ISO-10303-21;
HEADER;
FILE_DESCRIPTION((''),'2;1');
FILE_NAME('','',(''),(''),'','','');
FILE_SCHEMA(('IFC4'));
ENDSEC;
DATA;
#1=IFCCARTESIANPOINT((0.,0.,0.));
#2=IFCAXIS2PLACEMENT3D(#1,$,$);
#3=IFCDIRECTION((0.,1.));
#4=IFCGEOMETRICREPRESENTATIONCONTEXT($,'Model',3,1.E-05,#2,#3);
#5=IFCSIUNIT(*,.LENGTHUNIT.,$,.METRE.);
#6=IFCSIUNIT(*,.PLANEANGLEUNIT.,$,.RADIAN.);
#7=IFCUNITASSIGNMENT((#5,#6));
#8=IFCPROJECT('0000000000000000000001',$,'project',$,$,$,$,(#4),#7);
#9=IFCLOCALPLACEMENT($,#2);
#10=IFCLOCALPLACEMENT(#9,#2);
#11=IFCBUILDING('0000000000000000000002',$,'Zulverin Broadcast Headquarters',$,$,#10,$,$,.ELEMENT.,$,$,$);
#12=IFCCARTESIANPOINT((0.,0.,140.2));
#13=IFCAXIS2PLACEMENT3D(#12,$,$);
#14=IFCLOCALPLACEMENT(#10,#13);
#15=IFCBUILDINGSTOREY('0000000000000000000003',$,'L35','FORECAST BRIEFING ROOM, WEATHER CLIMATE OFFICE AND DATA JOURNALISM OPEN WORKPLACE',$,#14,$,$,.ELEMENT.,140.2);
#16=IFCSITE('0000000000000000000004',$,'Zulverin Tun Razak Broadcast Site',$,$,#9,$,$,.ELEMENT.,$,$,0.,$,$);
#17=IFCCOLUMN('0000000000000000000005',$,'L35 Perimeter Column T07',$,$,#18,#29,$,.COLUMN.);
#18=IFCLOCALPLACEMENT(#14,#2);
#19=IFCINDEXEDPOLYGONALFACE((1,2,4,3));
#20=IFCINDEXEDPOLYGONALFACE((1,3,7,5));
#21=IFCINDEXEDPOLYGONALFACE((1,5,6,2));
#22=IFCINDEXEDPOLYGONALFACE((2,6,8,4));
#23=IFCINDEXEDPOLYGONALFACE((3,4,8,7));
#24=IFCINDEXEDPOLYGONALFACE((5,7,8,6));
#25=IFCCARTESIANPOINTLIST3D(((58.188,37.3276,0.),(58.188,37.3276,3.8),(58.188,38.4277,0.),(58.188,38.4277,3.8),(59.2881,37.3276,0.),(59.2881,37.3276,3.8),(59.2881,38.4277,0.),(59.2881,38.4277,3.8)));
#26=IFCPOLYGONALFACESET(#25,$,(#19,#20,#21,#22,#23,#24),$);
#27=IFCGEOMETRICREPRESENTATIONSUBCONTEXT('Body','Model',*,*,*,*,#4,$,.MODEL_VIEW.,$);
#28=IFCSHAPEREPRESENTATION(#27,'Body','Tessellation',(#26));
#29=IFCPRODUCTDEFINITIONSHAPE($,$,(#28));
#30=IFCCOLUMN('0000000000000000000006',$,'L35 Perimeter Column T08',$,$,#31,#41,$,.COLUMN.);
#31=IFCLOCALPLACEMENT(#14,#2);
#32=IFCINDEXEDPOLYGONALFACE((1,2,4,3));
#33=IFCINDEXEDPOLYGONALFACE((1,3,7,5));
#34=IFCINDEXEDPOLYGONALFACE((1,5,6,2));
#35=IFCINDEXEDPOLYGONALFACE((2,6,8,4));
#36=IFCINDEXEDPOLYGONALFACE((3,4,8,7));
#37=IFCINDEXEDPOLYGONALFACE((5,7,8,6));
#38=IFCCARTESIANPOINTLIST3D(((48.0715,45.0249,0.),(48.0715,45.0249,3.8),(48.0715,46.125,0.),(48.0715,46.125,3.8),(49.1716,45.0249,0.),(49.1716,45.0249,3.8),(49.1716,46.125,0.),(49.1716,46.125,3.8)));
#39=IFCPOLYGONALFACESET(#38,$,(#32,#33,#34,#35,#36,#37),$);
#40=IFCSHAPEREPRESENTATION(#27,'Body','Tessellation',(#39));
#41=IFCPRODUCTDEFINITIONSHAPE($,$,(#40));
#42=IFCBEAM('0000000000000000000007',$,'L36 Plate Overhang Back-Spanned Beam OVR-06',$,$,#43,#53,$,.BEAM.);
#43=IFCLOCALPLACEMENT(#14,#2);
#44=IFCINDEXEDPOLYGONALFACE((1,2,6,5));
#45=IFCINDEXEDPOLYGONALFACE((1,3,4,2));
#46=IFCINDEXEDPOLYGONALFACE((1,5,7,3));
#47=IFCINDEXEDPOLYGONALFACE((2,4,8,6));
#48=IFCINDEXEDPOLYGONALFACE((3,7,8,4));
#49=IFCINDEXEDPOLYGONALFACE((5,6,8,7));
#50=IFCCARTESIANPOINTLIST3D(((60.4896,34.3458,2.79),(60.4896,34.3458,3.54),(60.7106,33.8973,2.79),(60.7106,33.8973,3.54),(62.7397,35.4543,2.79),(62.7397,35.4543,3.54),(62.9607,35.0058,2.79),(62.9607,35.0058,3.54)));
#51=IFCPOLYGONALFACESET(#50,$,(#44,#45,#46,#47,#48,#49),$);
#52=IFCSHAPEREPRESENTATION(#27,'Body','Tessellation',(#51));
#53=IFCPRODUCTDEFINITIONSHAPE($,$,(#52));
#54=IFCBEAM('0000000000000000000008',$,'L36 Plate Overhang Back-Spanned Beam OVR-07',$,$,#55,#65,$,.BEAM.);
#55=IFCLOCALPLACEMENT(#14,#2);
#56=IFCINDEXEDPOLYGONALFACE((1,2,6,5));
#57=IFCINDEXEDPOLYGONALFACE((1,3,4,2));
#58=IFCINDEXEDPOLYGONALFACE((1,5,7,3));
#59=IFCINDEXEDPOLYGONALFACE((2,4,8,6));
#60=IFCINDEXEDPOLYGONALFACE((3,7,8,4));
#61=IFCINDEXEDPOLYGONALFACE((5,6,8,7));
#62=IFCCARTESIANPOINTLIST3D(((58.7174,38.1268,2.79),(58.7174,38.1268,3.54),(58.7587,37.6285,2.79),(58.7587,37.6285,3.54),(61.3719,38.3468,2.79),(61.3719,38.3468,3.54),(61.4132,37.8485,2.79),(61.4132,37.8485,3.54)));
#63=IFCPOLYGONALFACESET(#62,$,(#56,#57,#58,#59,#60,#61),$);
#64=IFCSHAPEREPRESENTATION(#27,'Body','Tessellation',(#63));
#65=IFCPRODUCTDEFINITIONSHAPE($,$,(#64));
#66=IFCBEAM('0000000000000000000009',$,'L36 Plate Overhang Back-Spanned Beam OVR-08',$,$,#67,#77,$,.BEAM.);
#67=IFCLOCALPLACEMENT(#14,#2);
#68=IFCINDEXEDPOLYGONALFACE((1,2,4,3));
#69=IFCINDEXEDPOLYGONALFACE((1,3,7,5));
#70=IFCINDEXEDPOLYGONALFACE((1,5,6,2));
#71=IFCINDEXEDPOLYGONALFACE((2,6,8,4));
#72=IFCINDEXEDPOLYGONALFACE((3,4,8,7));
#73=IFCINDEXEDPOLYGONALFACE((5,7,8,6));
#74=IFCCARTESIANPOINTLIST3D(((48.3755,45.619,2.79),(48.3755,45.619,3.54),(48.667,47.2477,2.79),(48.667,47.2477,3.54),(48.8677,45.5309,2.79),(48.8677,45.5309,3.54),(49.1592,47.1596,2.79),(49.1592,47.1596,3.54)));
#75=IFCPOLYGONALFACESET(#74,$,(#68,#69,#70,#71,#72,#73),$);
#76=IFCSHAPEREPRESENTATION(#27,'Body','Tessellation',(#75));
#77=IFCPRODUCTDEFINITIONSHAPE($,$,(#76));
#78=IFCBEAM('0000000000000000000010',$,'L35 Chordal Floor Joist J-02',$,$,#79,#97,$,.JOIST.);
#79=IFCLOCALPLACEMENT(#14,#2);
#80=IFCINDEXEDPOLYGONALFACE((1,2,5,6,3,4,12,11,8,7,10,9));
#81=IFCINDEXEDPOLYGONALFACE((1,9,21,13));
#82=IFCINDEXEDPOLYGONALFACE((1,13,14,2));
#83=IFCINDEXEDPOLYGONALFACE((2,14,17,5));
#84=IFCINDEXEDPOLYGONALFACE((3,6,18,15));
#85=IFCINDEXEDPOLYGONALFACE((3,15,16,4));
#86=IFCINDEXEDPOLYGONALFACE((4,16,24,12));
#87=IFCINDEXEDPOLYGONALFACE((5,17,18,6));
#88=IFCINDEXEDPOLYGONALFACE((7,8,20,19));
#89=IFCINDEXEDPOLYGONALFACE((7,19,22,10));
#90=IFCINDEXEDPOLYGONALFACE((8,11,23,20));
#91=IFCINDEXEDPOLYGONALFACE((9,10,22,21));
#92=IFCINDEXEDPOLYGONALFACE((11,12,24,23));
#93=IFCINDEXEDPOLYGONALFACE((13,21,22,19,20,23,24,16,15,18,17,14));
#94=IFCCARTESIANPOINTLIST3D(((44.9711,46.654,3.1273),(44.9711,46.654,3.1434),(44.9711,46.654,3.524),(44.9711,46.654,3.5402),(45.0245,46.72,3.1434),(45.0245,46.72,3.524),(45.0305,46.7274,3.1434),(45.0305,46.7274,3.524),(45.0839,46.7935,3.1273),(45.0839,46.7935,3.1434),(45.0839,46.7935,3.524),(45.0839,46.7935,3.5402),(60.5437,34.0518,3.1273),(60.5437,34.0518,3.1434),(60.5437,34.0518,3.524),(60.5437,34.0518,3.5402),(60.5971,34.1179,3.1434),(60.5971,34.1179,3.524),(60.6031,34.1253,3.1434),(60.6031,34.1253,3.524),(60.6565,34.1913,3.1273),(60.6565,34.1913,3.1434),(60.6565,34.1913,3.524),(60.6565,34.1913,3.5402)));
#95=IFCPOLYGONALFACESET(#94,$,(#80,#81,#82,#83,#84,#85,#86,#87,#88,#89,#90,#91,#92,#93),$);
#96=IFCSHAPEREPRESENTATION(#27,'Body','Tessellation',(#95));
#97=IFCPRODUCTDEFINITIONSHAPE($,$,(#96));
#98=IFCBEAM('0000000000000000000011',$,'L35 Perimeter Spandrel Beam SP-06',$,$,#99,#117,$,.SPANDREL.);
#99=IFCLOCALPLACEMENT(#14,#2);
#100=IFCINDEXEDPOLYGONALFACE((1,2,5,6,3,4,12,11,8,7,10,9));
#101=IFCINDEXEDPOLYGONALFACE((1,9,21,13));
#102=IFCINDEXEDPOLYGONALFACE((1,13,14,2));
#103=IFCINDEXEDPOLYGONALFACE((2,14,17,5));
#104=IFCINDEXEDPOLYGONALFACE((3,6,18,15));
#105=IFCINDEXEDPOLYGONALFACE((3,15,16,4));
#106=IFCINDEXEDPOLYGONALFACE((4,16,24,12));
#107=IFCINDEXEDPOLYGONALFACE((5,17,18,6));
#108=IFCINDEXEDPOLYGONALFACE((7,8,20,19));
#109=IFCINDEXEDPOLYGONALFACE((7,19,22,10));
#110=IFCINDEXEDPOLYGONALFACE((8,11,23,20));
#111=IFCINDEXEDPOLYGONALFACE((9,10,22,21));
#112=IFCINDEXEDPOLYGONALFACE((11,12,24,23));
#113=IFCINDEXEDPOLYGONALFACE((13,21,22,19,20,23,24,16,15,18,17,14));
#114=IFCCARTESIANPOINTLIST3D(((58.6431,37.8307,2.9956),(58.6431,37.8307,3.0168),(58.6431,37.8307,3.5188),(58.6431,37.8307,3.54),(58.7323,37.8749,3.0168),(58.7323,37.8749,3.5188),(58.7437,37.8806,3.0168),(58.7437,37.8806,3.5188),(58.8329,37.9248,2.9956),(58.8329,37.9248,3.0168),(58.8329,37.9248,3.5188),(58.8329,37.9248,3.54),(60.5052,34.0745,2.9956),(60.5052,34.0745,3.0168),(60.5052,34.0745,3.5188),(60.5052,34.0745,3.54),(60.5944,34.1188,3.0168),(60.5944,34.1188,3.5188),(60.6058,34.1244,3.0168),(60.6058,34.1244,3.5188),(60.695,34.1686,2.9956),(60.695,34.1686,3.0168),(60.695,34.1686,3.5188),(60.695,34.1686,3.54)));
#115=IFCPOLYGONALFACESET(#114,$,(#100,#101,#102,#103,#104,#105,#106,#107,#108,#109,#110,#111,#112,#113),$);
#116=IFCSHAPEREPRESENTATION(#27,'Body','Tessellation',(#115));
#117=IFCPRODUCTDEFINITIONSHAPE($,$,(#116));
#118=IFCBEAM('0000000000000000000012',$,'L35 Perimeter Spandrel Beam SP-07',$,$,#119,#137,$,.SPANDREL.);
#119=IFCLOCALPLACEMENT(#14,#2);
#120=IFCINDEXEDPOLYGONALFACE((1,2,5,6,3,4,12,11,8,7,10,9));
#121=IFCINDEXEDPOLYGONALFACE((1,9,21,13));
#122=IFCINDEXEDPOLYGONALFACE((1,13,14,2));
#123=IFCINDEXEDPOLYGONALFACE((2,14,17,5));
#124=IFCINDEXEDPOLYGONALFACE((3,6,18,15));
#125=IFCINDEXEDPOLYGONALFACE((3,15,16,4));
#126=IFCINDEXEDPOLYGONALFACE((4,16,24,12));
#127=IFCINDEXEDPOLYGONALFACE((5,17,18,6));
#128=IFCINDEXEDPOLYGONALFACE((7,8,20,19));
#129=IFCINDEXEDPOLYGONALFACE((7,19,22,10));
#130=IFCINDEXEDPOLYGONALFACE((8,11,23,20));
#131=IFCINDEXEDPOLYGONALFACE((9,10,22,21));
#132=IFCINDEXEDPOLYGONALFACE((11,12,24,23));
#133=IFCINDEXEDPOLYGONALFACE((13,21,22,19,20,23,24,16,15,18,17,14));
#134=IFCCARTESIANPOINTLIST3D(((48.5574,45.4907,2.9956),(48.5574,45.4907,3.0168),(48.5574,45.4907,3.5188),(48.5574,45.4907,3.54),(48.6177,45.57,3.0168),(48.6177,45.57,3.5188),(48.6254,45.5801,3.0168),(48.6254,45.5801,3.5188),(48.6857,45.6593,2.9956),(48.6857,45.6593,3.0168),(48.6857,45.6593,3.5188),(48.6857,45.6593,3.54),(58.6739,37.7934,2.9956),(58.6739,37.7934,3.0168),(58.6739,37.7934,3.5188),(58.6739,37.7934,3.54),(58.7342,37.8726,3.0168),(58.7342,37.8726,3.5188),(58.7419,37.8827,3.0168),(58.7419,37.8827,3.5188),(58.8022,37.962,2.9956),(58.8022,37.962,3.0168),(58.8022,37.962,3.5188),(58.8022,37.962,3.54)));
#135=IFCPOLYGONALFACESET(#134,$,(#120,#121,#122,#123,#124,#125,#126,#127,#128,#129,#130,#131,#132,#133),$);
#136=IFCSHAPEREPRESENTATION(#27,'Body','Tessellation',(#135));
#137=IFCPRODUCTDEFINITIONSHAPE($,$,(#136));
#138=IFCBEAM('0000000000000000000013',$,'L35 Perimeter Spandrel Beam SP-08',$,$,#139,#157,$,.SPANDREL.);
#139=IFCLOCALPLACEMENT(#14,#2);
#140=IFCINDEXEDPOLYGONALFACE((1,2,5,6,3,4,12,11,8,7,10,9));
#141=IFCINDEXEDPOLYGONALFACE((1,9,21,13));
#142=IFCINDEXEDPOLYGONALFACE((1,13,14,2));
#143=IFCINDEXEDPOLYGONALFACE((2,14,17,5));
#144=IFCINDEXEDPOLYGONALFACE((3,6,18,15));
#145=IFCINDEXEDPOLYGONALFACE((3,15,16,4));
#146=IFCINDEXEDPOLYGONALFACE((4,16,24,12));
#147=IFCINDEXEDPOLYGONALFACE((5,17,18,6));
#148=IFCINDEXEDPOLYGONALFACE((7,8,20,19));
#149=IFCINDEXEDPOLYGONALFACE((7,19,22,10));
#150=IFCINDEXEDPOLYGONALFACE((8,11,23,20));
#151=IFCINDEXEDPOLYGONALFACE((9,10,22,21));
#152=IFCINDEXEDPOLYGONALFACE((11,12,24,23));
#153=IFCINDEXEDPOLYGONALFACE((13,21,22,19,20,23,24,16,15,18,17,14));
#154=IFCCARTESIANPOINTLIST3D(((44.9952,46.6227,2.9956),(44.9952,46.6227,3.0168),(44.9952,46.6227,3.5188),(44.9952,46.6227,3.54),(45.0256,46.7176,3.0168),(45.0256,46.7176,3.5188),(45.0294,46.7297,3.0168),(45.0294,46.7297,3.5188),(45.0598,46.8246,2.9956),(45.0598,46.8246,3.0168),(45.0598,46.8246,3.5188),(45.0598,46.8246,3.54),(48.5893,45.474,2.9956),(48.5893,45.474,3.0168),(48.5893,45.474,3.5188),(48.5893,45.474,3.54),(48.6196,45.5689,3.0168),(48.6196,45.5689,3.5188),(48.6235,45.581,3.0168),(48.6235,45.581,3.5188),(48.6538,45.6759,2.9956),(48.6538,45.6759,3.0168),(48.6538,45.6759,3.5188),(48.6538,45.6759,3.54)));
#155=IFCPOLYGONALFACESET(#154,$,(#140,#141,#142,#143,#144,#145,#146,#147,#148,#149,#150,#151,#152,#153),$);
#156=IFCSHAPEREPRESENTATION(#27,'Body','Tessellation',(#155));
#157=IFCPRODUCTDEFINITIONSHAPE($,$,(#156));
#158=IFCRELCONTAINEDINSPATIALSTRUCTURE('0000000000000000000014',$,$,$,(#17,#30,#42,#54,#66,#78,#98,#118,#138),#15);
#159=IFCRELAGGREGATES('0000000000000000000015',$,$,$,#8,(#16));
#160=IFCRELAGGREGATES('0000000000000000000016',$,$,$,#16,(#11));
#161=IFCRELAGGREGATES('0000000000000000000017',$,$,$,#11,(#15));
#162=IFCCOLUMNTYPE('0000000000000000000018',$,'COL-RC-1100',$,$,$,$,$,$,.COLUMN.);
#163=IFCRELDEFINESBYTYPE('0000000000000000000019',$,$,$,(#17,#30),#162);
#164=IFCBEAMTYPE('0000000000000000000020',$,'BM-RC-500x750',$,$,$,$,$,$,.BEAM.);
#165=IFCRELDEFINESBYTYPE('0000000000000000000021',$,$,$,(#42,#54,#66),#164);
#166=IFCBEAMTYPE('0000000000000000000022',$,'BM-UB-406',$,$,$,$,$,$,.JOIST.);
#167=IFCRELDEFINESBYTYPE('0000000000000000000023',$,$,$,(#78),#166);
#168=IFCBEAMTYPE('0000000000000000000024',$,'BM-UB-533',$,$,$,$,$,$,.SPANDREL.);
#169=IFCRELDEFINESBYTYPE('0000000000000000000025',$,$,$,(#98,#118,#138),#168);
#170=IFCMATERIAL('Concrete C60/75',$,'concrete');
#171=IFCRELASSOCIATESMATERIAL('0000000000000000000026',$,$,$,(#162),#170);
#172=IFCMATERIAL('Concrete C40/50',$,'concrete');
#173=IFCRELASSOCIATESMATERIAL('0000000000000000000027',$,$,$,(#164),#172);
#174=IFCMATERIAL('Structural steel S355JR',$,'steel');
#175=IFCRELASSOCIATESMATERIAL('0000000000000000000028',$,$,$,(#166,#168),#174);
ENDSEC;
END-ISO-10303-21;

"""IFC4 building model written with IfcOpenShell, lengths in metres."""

from ifc_helpers import new_model, si_unit, direction, frame, origin, origin_2d, place, context, subcontext, project, spatial, rectangle, i_section, extrude, material, material_profile, profile_set, type_object, element, save


model = new_model("IFC4")

# Units and contexts
model_context = context("Model", 3, precision=1e-05, world=origin(), true_north=direction((0.0, 1.0)))
body_context = subcontext(model_context, "Body", "Model", "MODEL_VIEW")
ifc_project = project(units=[si_unit("LENGTHUNIT", "METRE"), si_unit("PLANEANGLEUNIT", "RADIAN")], contexts=[model_context])

# Site, building, storey
site_placement = place(None, origin())
site = spatial("IfcSite", under=ifc_project, at=site_placement, Name="Zulverin Tun Razak Broadcast Site", CompositionType="ELEMENT", RefElevation=0.0)
building_placement = place(site_placement, origin())
building = spatial("IfcBuilding", under=site, at=building_placement, Name="Zulverin Broadcast Headquarters", CompositionType="ELEMENT")
storey_placement = place(building_placement, frame((0.0, 0.0, 140.2)))
storey = spatial("IfcBuildingStorey", under=building, at=storey_placement, Name="L35", Description="FORECAST BRIEFING ROOM, WEATHER CLIMATE OFFICE AND DATA JOURNALISM OPEN WORKPLACE", CompositionType="ELEMENT", Elevation=140.2)

# Columns
ifc_material_1 = material(Name="Concrete C60/75", Category="concrete")
ifc_material_profile_1 = material_profile(ifc_material_1, rectangle(XDim=1.1001, YDim=1.1001, at=origin_2d()), Name="Concrete C60/75", Category="concrete")
ifc_profile_set_1 = profile_set([ifc_material_profile_1], Name="Concrete C60/75")
column_type = type_object("IfcColumnType", Name="COL-RC-1100", PredefinedType="COLUMN", material=ifc_profile_set_1)
for number, where, z_axis, x_axis, name in (
    (1, (58.738, 37.8777, 0.0), (0.0, 0.0, 1.0), (1.0, 0.0, 0.0), "L35 Perimeter Column T07"),
    (2, (48.6216, 45.575, 0.0), (0.0, 0.0, 1.0), (1.0, 0.0, 0.0), "L35 Perimeter Column T08"),
):
    element("IfcColumn", number, at=place(storey_placement, frame(where, z_axis=z_axis, x_axis=x_axis)), inside=storey, type_object=column_type, Name=name, PredefinedType="COLUMN", context=body_context, shape_type="SweptSolid", body=[
        extrude(rectangle(XDim=1.1001, YDim=1.1001, at=origin_2d()), origin(), (0.0, 0.0, 1.0), 3.8),
    ])

# Beams
ifc_material_2 = material(Name="Concrete C40/50", Category="concrete")
ifc_material_profile_2 = material_profile(ifc_material_2, rectangle(XDim=0.5, YDim=0.75, at=origin_2d()), Name="Concrete C40/50", Category="concrete")
ifc_profile_set_2 = profile_set([ifc_material_profile_2], Name="Concrete C40/50")
beam_type_1 = type_object("IfcBeamType", Name="BM-RC-500x750", PredefinedType="BEAM", material=ifc_profile_set_2)
beam_1_placement = place(storey_placement, frame((60.6001, 34.1216, 3.165), z_axis=(0.897059, 0.441911, 0.0), x_axis=(-0.441911, 0.897059, 0.0)))
element("IfcBeam", 3, at=beam_1_placement, inside=storey, type_object=beam_type_1, Name="L36 Plate Overhang Back-Spanned Beam OVR-06", PredefinedType="BEAM", context=body_context, shape_type="SweptSolid", body=[
    extrude(rectangle(XDim=0.5, YDim=0.75, at=origin_2d()), origin(), (0.0, 0.0, 1.0), 2.5083),
])
beam_2_placement = place(storey_placement, frame((58.738, 37.8777, 3.165), z_axis=(0.996584, 0.082583, 0.0), x_axis=(-0.082583, 0.996584, 0.0)))
element("IfcBeam", 4, at=beam_2_placement, inside=storey, type_object=beam_type_1, Name="L36 Plate Overhang Back-Spanned Beam OVR-07", PredefinedType="BEAM", context=body_context, shape_type="SweptSolid", body=[
    extrude(rectangle(XDim=0.5, YDim=0.75, at=origin_2d()), origin(), (0.0, 0.0, 1.0), 2.6636),
])
beam_3_placement = place(storey_placement, frame((48.6216, 45.575, 3.165), z_axis=(0.176184, 0.984357, 0.0), x_axis=(-0.984357, 0.176184, 0.0)))
element("IfcBeam", 5, at=beam_3_placement, inside=storey, type_object=beam_type_1, Name="L36 Plate Overhang Back-Spanned Beam OVR-08", PredefinedType="BEAM", context=body_context, shape_type="SweptSolid", body=[
    extrude(rectangle(XDim=0.5, YDim=0.75, at=origin_2d()), origin(), (0.0, 0.0, 1.0), 1.6545),
])
ifc_material_3 = material(Name="Structural steel S355JR", Category="steel")
ifc_material_profile_3 = material_profile(ifc_material_3, i_section(OverallWidth=0.1794, OverallDepth=0.4128, WebThickness=0.0095, FlangeThickness=0.0161, at=origin_2d()), Name="Structural steel S355JR", Category="steel")
ifc_profile_set_3 = profile_set([ifc_material_profile_3], Name="Structural steel S355JR")
beam_type_2 = type_object("IfcBeamType", Name="BM-UB-406", PredefinedType="JOIST", material=ifc_profile_set_3)
beam_4_placement = place(storey_placement, frame((60.6001, 34.1216, 3.3337), z_axis=(-0.777349, 0.62907, 0.0), x_axis=(-0.62907, -0.777349, 0.0)))
element("IfcBeam", 6, at=beam_4_placement, inside=storey, type_object=beam_type_2, Name="L35 Chordal Floor Joist J-02", PredefinedType="JOIST", context=body_context, shape_type="SweptSolid", body=[
    extrude(i_section(OverallWidth=0.1794, OverallDepth=0.4128, WebThickness=0.0095, FlangeThickness=0.0161, at=origin_2d()), origin(), (0.0, 0.0, 1.0), 20.033),
])
ifc_material_profile_4 = material_profile(ifc_material_3, i_section(OverallWidth=0.2119, OverallDepth=0.5444, WebThickness=0.0127, FlangeThickness=0.0212, at=origin_2d()), Name="Structural steel S355JR", Category="steel")
ifc_profile_set_4 = profile_set([ifc_material_profile_4], Name="Structural steel S355JR")
beam_type_3 = type_object("IfcBeamType", Name="BM-UB-533", PredefinedType="SPANDREL", material=ifc_profile_set_4)
beam_5_placement = place(storey_placement, frame((60.6001, 34.1216, 3.2678), z_axis=(-0.444159, 0.895948, 0.0), x_axis=(-0.895948, -0.444159, 0.0)))
element("IfcBeam", 7, at=beam_5_placement, inside=storey, type_object=beam_type_3, Name="L35 Perimeter Spandrel Beam SP-06", PredefinedType="SPANDREL", context=body_context, shape_type="SweptSolid", body=[
    extrude(i_section(OverallWidth=0.2119, OverallDepth=0.5444, WebThickness=0.0127, FlangeThickness=0.0212, at=origin_2d()), origin(), (0.0, 0.0, 1.0), 4.1924),
])
beam_6_placement = place(storey_placement, frame((58.738, 37.8777, 3.2678), z_axis=(-0.79583, 0.60552, 0.0), x_axis=(-0.60552, -0.79583, 0.0)))
element("IfcBeam", 8, at=beam_6_placement, inside=storey, type_object=beam_type_3, Name="L35 Perimeter Spandrel Beam SP-07", PredefinedType="SPANDREL", context=body_context, shape_type="SweptSolid", body=[
    extrude(i_section(OverallWidth=0.2119, OverallDepth=0.5444, WebThickness=0.0127, FlangeThickness=0.0212, at=origin_2d()), origin(), (0.0, 0.0, 1.0), 12.7119),
])
beam_7_placement = place(storey_placement, frame((48.6216, 45.575, 3.2678), z_axis=(-0.952532, 0.30444, 0.0), x_axis=(-0.30444, -0.952532, 0.0)))
element("IfcBeam", 9, at=beam_7_placement, inside=storey, type_object=beam_type_3, Name="L35 Perimeter Spandrel Beam SP-08", PredefinedType="SPANDREL", context=body_context, shape_type="SweptSolid", body=[
    extrude(i_section(OverallWidth=0.2119, OverallDepth=0.5444, WebThickness=0.0127, FlangeThickness=0.0212, at=origin_2d()), origin(), (0.0, 0.0, 1.0), 3.7732),
])

save(model, "model.ifc")
